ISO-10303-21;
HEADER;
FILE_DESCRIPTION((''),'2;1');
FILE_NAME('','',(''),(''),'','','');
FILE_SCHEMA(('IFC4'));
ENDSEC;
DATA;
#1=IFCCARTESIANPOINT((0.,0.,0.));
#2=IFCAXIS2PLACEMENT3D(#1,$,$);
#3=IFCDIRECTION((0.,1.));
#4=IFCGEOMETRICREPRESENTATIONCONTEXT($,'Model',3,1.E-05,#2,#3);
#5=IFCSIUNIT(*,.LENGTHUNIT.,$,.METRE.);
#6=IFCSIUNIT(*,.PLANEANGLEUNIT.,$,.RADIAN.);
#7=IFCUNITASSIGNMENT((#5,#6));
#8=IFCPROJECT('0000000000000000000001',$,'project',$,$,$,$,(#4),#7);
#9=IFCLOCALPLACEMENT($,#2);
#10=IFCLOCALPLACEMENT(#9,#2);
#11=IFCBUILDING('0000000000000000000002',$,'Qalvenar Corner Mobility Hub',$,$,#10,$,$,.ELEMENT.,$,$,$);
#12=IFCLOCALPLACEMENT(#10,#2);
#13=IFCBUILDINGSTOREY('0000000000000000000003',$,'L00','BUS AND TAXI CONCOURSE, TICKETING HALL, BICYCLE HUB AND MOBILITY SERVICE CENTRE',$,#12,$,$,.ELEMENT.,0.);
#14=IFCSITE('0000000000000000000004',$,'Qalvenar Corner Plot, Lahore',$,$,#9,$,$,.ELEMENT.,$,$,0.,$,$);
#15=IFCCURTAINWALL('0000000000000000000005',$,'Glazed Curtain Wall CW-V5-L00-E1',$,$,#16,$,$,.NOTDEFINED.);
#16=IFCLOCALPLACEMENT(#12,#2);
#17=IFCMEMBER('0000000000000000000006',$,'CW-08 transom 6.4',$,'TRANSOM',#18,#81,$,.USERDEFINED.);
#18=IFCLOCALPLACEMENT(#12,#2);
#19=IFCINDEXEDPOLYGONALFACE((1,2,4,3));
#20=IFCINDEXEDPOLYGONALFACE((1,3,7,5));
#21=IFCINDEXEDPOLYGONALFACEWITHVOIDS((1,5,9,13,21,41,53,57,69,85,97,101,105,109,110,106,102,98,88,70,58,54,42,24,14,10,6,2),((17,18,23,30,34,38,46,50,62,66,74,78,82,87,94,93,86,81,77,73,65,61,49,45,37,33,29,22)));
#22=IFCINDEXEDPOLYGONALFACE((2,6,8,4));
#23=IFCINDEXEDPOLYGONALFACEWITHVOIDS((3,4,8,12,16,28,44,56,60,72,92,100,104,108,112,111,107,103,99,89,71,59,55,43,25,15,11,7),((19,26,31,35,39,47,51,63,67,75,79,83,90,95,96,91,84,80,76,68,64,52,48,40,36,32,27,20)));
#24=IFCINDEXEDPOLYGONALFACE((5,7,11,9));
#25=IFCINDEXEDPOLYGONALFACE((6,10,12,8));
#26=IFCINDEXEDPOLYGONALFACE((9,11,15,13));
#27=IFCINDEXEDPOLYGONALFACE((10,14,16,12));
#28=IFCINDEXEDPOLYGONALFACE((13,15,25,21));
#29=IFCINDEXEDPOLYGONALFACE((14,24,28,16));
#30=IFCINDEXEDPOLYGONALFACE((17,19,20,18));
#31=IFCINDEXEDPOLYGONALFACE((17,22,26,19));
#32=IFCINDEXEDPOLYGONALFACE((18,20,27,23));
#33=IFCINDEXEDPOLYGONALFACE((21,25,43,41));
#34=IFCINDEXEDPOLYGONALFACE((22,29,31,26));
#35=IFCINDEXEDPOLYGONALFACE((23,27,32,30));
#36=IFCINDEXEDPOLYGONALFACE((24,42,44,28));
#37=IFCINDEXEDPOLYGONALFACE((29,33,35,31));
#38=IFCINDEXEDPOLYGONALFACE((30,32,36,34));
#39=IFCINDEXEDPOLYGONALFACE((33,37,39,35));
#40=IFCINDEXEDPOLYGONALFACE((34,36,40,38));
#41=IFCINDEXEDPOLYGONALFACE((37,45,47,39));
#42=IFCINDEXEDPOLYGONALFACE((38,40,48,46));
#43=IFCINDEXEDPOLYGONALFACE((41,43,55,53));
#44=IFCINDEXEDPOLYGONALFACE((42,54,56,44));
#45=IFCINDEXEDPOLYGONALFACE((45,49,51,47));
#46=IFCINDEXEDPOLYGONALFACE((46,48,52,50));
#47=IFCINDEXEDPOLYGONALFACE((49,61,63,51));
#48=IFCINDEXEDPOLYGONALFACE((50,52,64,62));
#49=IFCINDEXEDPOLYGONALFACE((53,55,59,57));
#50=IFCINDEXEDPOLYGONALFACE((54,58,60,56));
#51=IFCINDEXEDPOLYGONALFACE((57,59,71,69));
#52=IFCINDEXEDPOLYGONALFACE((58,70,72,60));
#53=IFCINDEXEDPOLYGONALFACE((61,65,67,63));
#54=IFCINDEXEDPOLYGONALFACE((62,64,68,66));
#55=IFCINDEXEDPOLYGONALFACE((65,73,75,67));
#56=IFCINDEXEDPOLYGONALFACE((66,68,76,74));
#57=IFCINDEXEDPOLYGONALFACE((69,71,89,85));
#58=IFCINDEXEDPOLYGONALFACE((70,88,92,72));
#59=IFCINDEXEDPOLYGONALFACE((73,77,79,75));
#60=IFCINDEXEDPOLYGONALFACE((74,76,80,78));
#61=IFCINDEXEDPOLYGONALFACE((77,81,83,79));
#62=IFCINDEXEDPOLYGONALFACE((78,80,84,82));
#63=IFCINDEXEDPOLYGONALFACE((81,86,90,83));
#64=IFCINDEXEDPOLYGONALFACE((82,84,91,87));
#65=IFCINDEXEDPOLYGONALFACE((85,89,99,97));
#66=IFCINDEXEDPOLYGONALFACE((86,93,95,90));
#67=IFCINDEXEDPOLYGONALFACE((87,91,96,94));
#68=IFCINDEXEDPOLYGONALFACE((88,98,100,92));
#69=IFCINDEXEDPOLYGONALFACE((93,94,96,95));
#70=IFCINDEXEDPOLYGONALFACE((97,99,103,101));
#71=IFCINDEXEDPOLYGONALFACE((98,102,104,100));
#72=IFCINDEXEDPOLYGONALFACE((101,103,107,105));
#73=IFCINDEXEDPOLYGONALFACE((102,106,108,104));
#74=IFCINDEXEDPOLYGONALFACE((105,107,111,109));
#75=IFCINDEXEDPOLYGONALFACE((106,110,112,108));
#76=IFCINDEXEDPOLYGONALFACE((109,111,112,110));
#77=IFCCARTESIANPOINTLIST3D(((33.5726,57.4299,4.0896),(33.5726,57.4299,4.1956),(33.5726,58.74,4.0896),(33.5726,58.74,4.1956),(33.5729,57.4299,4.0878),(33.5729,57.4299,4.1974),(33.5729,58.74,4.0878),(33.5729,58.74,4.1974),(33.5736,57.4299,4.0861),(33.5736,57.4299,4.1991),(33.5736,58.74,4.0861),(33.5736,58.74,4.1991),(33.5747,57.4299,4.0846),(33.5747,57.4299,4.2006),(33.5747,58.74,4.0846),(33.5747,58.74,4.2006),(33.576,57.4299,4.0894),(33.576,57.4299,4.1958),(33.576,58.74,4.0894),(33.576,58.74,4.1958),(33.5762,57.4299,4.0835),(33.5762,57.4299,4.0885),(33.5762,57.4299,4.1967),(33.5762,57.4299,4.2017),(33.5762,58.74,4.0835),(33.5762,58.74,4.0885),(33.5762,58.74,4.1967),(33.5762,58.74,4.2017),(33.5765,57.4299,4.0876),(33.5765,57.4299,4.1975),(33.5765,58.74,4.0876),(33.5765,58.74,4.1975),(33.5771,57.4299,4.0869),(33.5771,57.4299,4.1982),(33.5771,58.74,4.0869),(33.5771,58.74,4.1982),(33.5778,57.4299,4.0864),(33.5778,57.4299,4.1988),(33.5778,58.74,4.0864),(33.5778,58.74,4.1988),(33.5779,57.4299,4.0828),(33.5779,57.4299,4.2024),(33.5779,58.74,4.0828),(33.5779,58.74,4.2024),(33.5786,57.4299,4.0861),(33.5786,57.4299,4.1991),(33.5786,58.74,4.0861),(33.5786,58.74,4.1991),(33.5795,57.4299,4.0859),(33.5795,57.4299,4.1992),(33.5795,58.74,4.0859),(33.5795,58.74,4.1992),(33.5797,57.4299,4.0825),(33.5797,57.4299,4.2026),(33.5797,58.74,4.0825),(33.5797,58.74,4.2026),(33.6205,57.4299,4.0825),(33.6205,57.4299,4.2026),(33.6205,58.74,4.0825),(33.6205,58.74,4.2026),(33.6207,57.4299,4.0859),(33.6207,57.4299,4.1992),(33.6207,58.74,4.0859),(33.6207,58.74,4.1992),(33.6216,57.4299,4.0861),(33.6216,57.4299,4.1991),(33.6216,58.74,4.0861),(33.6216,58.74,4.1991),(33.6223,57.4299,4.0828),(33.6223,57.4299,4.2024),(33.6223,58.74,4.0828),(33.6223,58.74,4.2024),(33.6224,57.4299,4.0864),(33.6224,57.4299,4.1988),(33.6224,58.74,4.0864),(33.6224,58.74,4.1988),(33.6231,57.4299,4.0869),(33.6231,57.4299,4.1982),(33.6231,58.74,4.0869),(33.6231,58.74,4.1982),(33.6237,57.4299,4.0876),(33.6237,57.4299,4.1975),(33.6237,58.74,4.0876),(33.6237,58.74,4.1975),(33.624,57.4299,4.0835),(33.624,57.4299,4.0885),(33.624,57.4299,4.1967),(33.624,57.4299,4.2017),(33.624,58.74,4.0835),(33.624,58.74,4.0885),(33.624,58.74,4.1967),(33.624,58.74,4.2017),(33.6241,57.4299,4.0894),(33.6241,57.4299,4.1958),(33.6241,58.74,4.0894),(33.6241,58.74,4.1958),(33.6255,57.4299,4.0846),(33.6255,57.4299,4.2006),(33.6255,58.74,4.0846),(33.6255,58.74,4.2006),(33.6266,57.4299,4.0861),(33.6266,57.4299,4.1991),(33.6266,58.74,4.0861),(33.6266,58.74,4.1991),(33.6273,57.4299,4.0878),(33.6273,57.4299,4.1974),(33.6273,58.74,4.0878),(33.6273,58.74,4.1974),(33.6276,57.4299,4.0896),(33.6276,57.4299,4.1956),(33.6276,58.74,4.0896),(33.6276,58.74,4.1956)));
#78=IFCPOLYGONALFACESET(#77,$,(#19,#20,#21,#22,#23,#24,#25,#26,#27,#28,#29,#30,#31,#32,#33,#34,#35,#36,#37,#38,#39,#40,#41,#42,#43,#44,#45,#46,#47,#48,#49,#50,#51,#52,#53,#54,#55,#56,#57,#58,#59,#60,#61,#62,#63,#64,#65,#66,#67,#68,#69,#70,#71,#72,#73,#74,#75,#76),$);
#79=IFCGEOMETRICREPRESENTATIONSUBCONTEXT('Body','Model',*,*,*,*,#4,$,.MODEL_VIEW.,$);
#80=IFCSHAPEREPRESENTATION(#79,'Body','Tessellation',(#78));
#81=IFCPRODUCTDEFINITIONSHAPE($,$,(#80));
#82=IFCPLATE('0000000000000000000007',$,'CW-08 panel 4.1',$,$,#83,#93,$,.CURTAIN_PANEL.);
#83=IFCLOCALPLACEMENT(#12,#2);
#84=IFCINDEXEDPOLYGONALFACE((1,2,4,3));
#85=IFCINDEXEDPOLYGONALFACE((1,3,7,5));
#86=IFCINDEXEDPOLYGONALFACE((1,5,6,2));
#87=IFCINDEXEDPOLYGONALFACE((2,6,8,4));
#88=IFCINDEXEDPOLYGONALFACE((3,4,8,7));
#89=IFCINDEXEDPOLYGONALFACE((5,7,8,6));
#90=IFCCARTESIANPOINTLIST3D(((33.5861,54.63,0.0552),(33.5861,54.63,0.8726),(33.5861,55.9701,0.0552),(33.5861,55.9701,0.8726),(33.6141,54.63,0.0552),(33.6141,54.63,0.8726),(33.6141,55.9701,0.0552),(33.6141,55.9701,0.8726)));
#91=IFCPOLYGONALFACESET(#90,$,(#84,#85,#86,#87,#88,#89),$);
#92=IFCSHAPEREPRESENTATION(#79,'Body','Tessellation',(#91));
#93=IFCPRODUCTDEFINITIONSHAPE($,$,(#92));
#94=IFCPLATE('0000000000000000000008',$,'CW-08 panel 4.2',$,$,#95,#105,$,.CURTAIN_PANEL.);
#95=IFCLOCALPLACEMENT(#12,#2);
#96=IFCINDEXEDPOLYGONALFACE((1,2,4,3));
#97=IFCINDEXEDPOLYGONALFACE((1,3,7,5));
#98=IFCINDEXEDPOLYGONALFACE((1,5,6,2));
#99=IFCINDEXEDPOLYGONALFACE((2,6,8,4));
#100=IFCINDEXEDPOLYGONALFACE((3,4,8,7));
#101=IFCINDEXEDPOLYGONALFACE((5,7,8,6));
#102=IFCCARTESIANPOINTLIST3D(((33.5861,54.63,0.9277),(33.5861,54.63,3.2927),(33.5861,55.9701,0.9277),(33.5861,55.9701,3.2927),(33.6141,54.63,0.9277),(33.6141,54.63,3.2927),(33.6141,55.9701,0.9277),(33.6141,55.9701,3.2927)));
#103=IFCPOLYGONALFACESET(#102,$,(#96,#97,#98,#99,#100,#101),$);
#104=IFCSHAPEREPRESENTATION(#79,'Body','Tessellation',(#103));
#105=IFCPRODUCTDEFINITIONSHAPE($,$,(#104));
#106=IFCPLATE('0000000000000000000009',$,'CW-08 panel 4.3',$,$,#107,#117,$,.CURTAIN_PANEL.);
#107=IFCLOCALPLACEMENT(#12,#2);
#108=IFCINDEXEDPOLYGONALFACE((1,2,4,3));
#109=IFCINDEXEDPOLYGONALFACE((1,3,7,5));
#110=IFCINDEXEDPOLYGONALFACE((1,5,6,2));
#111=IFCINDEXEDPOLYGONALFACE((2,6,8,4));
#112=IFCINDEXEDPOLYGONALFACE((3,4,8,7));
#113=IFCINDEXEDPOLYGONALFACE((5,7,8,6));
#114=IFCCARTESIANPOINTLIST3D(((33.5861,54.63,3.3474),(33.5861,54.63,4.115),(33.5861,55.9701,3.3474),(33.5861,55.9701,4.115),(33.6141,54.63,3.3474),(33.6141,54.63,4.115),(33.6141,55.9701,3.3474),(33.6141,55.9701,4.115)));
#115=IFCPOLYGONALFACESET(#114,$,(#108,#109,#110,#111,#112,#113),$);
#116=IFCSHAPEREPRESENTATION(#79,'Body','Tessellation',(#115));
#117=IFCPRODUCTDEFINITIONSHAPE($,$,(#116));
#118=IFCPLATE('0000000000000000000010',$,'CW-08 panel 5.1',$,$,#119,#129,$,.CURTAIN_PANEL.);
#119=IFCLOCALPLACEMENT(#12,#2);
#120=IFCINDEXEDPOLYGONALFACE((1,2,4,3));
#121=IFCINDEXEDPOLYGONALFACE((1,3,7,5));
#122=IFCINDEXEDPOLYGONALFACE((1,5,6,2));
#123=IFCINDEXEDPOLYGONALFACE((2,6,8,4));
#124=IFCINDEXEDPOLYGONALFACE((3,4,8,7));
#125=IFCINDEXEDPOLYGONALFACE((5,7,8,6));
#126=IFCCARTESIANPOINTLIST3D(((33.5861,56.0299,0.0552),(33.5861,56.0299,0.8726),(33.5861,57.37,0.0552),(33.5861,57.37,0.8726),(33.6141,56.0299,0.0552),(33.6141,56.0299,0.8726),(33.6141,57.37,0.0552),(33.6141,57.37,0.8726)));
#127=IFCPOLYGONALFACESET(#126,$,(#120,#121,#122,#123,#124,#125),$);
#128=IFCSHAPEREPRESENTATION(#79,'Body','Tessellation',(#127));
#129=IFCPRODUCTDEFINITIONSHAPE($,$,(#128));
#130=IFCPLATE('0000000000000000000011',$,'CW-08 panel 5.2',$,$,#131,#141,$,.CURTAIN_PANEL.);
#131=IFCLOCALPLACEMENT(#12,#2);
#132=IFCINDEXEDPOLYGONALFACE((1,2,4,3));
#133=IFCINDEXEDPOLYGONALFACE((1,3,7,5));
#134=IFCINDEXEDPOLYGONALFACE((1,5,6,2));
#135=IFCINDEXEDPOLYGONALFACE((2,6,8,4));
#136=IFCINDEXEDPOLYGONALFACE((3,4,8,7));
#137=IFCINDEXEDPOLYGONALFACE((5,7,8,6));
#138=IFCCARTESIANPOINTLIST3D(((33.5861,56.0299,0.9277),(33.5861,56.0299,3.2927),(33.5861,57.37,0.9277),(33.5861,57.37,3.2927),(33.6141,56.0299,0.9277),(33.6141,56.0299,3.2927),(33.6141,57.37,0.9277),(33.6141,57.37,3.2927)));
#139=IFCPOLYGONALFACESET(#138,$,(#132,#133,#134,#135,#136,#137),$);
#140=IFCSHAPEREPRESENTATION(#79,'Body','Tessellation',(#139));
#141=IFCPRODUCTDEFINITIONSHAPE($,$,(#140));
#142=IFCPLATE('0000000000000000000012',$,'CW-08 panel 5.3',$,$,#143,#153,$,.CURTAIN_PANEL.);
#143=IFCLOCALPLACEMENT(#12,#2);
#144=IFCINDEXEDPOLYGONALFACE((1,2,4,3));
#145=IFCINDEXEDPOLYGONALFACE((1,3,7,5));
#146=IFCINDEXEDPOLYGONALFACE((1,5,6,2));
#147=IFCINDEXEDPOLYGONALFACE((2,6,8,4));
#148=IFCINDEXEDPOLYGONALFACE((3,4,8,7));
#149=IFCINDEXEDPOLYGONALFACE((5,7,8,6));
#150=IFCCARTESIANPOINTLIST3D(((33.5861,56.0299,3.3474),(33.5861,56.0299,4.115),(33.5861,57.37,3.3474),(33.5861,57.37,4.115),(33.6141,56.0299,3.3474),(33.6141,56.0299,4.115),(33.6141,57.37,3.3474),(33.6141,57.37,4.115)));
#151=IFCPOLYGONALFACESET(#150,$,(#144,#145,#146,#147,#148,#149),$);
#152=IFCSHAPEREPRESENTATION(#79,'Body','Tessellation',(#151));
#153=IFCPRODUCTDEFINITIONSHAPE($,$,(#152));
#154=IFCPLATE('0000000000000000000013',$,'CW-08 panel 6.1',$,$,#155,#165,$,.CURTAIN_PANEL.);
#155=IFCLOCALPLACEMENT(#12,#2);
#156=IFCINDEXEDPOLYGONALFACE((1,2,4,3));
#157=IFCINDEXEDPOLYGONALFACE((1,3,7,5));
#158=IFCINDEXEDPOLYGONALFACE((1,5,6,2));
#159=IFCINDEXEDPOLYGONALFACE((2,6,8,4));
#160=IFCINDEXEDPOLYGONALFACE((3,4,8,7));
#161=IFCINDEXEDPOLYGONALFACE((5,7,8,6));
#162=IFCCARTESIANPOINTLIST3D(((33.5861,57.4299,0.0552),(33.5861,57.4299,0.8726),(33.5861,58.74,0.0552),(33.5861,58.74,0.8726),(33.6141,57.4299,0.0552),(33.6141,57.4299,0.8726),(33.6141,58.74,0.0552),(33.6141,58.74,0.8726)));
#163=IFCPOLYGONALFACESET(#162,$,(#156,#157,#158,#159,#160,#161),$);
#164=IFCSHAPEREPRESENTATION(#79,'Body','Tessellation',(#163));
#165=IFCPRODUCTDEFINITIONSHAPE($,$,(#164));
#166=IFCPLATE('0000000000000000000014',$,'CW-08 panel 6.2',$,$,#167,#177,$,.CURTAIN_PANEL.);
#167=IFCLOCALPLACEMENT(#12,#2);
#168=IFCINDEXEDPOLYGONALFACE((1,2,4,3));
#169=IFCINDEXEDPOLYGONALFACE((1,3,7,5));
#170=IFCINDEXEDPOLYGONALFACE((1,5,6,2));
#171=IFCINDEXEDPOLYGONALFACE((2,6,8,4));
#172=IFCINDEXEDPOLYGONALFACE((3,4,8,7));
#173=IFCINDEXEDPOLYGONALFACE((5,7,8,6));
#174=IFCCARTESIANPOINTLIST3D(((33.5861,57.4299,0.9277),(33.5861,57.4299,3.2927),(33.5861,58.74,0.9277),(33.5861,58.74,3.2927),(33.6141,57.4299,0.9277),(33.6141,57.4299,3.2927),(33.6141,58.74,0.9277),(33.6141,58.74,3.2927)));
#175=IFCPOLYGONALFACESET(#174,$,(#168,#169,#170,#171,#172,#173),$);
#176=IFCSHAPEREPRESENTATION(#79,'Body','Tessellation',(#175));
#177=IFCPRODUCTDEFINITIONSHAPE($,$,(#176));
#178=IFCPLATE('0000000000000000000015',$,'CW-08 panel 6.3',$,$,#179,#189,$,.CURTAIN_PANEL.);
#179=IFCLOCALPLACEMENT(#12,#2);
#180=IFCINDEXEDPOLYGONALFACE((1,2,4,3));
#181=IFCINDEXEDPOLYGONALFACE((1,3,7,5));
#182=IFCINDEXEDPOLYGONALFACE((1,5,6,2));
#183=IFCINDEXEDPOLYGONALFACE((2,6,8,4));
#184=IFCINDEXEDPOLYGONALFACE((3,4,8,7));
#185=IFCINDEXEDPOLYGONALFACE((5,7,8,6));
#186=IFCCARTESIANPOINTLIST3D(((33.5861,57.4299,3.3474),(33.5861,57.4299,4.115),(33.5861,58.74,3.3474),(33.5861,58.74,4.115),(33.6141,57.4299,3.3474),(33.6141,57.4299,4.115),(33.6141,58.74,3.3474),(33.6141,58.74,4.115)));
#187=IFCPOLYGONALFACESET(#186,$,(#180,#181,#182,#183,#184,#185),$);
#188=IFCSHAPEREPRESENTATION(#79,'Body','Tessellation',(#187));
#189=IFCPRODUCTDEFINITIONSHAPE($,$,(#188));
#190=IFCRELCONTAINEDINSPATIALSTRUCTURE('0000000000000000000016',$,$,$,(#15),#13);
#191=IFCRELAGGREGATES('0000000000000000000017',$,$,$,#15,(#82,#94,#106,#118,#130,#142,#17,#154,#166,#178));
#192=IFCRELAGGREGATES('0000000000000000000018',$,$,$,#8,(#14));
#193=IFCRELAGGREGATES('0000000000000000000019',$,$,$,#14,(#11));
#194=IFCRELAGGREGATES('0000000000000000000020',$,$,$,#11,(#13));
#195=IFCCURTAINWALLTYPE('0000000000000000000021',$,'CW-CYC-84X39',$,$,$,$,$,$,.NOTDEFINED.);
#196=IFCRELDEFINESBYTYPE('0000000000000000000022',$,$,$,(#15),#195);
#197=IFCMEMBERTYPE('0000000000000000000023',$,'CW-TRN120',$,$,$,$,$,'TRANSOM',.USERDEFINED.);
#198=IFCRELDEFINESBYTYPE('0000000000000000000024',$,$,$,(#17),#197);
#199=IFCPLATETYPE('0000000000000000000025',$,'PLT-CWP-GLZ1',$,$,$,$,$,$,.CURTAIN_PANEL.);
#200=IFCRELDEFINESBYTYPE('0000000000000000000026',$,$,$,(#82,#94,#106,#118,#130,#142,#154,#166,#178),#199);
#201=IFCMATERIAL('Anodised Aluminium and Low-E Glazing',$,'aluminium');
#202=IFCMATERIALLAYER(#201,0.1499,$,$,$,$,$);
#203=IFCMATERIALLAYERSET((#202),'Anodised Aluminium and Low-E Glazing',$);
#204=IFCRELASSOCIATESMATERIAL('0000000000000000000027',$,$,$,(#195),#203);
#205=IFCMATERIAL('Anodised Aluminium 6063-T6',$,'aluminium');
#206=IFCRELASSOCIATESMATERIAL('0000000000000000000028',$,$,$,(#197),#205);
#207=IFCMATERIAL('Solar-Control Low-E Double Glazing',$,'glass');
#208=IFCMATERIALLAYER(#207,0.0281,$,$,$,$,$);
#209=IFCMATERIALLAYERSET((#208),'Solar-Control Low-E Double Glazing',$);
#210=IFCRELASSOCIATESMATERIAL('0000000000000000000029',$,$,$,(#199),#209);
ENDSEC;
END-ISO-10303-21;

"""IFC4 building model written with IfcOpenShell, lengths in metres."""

from ifc_helpers import new_model, si_unit, direction, frame, origin, origin_2d, place, context, subcontext, project, spatial, rectangle, hollow_rectangle, extrude, material, layer, layer_set, material_profile, profile_set, type_object, element, aggregate, save


model = new_model("IFC4")

# Units and contexts
model_context = context("Model", 3, precision=1e-05, world=origin(), true_north=direction((0.0, 1.0)))
body_context = subcontext(model_context, "Body", "Model", "MODEL_VIEW")
ifc_project = project(units=[si_unit("LENGTHUNIT", "METRE"), si_unit("PLANEANGLEUNIT", "RADIAN")], contexts=[model_context])

# Site, building, storey
site_placement = place(None, origin())
site = spatial("IfcSite", under=ifc_project, at=site_placement, Name="Qalvenar Corner Plot, Lahore", CompositionType="ELEMENT", RefElevation=0.0)
building_placement = place(site_placement, origin())
building = spatial("IfcBuilding", under=site, at=building_placement, Name="Qalvenar Corner Mobility Hub", CompositionType="ELEMENT")
storey_placement = place(building_placement, origin())
storey = spatial("IfcBuildingStorey", under=building, at=storey_placement, Name="L00", Description="BUS AND TAXI CONCOURSE, TICKETING HALL, BICYCLE HUB AND MOBILITY SERVICE CENTRE", CompositionType="ELEMENT", Elevation=0.0)

# Curtain wall, member, plates
ifc_material_1 = material(Name="Anodised Aluminium and Low-E Glazing", Category="aluminium")
ifc_layer_1 = layer(ifc_material_1, 0.1499)
ifc_layer_set_1 = layer_set([ifc_layer_1], Name="Anodised Aluminium and Low-E Glazing")
curtain_wall_type = type_object("IfcCurtainWallType", Name="CW-CYC-84X39", PredefinedType="NOTDEFINED", material=ifc_layer_set_1)
curtain_wall_placement = place(storey_placement, origin())
curtain_wall = element("IfcCurtainWall", 1, at=curtain_wall_placement, inside=storey, type_object=curtain_wall_type, Name="Glazed Curtain Wall CW-V5-L00-E1", PredefinedType="NOTDEFINED")
ifc_material_2 = material(Name="Anodised Aluminium 6063-T6", Category="aluminium")
ifc_material_profile_1 = material_profile(ifc_material_2, hollow_rectangle(XDim=0.0549, YDim=0.1201, WallThickness=0.0034, InnerFilletRadius=0.0034, OuterFilletRadius=0.0071, at=origin_2d()), Name="RHS120x55x3.5")
ifc_profile_set_1 = profile_set([ifc_material_profile_1], Name="Anodised Aluminium 6063-T6")
member_type_1 = type_object("IfcMemberType", Name="CW-TRN120", ElementType="TRANSOM", PredefinedType="USERDEFINED", material=ifc_profile_set_1)
member_1_placement = place(storey_placement, frame((33.6001, 57.4299, 4.1426), z_axis=(0.0, 1.0, 0.0), x_axis=(-1.0, 0.0, 0.0)))
member_1 = element("IfcMember", 2, at=member_1_placement, type_object=member_type_1, Name="CW-08 transom 6.4", ObjectType="TRANSOM", PredefinedType="USERDEFINED", context=body_context, shape_type="SweptSolid", body=[
    extrude(hollow_rectangle(XDim=0.0549, YDim=0.1201, WallThickness=0.0034, InnerFilletRadius=0.0034, OuterFilletRadius=0.0071, at=origin_2d()), origin(), (0.0, 0.0, 1.0), 1.3101),
])
ifc_material_3 = material(Name="Solar-Control Low-E Double Glazing", Category="glass")
ifc_layer_2 = layer(ifc_material_3, 0.0281)
ifc_layer_set_2 = layer_set([ifc_layer_2], Name="Solar-Control Low-E Double Glazing")
plate_type = type_object("IfcPlateType", Name="PLT-CWP-GLZ1", PredefinedType="CURTAIN_PANEL", material=ifc_layer_set_2)
plate_1_placement = place(storey_placement, frame((33.6001, 55.3, 0.0552), z_axis=(0.0, 0.0, 1.0), x_axis=(0.0, 1.0, 0.0)))
plate_1 = element("IfcPlate", 3, at=plate_1_placement, type_object=plate_type, Name="CW-08 panel 4.1", PredefinedType="CURTAIN_PANEL", context=body_context, shape_type="SweptSolid", body=[
    extrude(rectangle(XDim=1.3401, YDim=0.0281, at=origin_2d()), origin(), (0.0, 0.0, 1.0), 0.8174),
])
plate_2_placement = place(storey_placement, frame((33.6001, 55.3, 0.9277), z_axis=(0.0, 0.0, 1.0), x_axis=(0.0, 1.0, 0.0)))
plate_2 = element("IfcPlate", 4, at=plate_2_placement, type_object=plate_type, Name="CW-08 panel 4.2", PredefinedType="CURTAIN_PANEL", context=body_context, shape_type="SweptSolid", body=[
    extrude(rectangle(XDim=1.3401, YDim=0.0281, at=origin_2d()), origin(), (0.0, 0.0, 1.0), 2.365),
])
plate_3_placement = place(storey_placement, frame((33.6001, 55.3, 3.3474), z_axis=(0.0, 0.0, 1.0), x_axis=(0.0, 1.0, 0.0)))
plate_3 = element("IfcPlate", 5, at=plate_3_placement, type_object=plate_type, Name="CW-08 panel 4.3", PredefinedType="CURTAIN_PANEL", context=body_context, shape_type="SweptSolid", body=[
    extrude(rectangle(XDim=1.3401, YDim=0.0281, at=origin_2d()), origin(), (0.0, 0.0, 1.0), 0.7676),
])
plate_4_placement = place(storey_placement, frame((33.6001, 56.7, 0.0552), z_axis=(0.0, 0.0, 1.0), x_axis=(0.0, 1.0, 0.0)))
plate_4 = element("IfcPlate", 6, at=plate_4_placement, type_object=plate_type, Name="CW-08 panel 5.1", PredefinedType="CURTAIN_PANEL", context=body_context, shape_type="SweptSolid", body=[
    extrude(rectangle(XDim=1.3401, YDim=0.0281, at=origin_2d()), origin(), (0.0, 0.0, 1.0), 0.8174),
])
plate_5_placement = place(storey_placement, frame((33.6001, 56.7, 0.9277), z_axis=(0.0, 0.0, 1.0), x_axis=(0.0, 1.0, 0.0)))
plate_5 = element("IfcPlate", 7, at=plate_5_placement, type_object=plate_type, Name="CW-08 panel 5.2", PredefinedType="CURTAIN_PANEL", context=body_context, shape_type="SweptSolid", body=[
    extrude(rectangle(XDim=1.3401, YDim=0.0281, at=origin_2d()), origin(), (0.0, 0.0, 1.0), 2.365),
])
plate_6_placement = place(storey_placement, frame((33.6001, 56.7, 3.3474), z_axis=(0.0, 0.0, 1.0), x_axis=(0.0, 1.0, 0.0)))
plate_6 = element("IfcPlate", 8, at=plate_6_placement, type_object=plate_type, Name="CW-08 panel 5.3", PredefinedType="CURTAIN_PANEL", context=body_context, shape_type="SweptSolid", body=[
    extrude(rectangle(XDim=1.3401, YDim=0.0281, at=origin_2d()), origin(), (0.0, 0.0, 1.0), 0.7676),
])
plate_7_placement = place(storey_placement, frame((33.6001, 58.085, 0.0552), z_axis=(0.0, 0.0, 1.0), x_axis=(0.0, 1.0, 0.0)))
plate_7 = element("IfcPlate", 9, at=plate_7_placement, type_object=plate_type, Name="CW-08 panel 6.1", PredefinedType="CURTAIN_PANEL", context=body_context, shape_type="SweptSolid", body=[
    extrude(rectangle(XDim=1.3101, YDim=0.0281, at=origin_2d()), origin(), (0.0, 0.0, 1.0), 0.8174),
])
plate_8_placement = place(storey_placement, frame((33.6001, 58.085, 0.9277), z_axis=(0.0, 0.0, 1.0), x_axis=(0.0, 1.0, 0.0)))
plate_8 = element("IfcPlate", 10, at=plate_8_placement, type_object=plate_type, Name="CW-08 panel 6.2", PredefinedType="CURTAIN_PANEL", context=body_context, shape_type="SweptSolid", body=[
    extrude(rectangle(XDim=1.3101, YDim=0.0281, at=origin_2d()), origin(), (0.0, 0.0, 1.0), 2.365),
])
plate_9_placement = place(storey_placement, frame((33.6001, 58.085, 3.3474), z_axis=(0.0, 0.0, 1.0), x_axis=(0.0, 1.0, 0.0)))
plate_9 = element("IfcPlate", 11, at=plate_9_placement, type_object=plate_type, Name="CW-08 panel 6.3", PredefinedType="CURTAIN_PANEL", context=body_context, shape_type="SweptSolid", body=[
    extrude(rectangle(XDim=1.3101, YDim=0.0281, at=origin_2d()), origin(), (0.0, 0.0, 1.0), 0.7676),
])
aggregate(curtain_wall, [plate_1, plate_2, plate_3, plate_4, plate_5, plate_6, member_1, plate_7, plate_8, plate_9])

save(model, "model.ifc")
